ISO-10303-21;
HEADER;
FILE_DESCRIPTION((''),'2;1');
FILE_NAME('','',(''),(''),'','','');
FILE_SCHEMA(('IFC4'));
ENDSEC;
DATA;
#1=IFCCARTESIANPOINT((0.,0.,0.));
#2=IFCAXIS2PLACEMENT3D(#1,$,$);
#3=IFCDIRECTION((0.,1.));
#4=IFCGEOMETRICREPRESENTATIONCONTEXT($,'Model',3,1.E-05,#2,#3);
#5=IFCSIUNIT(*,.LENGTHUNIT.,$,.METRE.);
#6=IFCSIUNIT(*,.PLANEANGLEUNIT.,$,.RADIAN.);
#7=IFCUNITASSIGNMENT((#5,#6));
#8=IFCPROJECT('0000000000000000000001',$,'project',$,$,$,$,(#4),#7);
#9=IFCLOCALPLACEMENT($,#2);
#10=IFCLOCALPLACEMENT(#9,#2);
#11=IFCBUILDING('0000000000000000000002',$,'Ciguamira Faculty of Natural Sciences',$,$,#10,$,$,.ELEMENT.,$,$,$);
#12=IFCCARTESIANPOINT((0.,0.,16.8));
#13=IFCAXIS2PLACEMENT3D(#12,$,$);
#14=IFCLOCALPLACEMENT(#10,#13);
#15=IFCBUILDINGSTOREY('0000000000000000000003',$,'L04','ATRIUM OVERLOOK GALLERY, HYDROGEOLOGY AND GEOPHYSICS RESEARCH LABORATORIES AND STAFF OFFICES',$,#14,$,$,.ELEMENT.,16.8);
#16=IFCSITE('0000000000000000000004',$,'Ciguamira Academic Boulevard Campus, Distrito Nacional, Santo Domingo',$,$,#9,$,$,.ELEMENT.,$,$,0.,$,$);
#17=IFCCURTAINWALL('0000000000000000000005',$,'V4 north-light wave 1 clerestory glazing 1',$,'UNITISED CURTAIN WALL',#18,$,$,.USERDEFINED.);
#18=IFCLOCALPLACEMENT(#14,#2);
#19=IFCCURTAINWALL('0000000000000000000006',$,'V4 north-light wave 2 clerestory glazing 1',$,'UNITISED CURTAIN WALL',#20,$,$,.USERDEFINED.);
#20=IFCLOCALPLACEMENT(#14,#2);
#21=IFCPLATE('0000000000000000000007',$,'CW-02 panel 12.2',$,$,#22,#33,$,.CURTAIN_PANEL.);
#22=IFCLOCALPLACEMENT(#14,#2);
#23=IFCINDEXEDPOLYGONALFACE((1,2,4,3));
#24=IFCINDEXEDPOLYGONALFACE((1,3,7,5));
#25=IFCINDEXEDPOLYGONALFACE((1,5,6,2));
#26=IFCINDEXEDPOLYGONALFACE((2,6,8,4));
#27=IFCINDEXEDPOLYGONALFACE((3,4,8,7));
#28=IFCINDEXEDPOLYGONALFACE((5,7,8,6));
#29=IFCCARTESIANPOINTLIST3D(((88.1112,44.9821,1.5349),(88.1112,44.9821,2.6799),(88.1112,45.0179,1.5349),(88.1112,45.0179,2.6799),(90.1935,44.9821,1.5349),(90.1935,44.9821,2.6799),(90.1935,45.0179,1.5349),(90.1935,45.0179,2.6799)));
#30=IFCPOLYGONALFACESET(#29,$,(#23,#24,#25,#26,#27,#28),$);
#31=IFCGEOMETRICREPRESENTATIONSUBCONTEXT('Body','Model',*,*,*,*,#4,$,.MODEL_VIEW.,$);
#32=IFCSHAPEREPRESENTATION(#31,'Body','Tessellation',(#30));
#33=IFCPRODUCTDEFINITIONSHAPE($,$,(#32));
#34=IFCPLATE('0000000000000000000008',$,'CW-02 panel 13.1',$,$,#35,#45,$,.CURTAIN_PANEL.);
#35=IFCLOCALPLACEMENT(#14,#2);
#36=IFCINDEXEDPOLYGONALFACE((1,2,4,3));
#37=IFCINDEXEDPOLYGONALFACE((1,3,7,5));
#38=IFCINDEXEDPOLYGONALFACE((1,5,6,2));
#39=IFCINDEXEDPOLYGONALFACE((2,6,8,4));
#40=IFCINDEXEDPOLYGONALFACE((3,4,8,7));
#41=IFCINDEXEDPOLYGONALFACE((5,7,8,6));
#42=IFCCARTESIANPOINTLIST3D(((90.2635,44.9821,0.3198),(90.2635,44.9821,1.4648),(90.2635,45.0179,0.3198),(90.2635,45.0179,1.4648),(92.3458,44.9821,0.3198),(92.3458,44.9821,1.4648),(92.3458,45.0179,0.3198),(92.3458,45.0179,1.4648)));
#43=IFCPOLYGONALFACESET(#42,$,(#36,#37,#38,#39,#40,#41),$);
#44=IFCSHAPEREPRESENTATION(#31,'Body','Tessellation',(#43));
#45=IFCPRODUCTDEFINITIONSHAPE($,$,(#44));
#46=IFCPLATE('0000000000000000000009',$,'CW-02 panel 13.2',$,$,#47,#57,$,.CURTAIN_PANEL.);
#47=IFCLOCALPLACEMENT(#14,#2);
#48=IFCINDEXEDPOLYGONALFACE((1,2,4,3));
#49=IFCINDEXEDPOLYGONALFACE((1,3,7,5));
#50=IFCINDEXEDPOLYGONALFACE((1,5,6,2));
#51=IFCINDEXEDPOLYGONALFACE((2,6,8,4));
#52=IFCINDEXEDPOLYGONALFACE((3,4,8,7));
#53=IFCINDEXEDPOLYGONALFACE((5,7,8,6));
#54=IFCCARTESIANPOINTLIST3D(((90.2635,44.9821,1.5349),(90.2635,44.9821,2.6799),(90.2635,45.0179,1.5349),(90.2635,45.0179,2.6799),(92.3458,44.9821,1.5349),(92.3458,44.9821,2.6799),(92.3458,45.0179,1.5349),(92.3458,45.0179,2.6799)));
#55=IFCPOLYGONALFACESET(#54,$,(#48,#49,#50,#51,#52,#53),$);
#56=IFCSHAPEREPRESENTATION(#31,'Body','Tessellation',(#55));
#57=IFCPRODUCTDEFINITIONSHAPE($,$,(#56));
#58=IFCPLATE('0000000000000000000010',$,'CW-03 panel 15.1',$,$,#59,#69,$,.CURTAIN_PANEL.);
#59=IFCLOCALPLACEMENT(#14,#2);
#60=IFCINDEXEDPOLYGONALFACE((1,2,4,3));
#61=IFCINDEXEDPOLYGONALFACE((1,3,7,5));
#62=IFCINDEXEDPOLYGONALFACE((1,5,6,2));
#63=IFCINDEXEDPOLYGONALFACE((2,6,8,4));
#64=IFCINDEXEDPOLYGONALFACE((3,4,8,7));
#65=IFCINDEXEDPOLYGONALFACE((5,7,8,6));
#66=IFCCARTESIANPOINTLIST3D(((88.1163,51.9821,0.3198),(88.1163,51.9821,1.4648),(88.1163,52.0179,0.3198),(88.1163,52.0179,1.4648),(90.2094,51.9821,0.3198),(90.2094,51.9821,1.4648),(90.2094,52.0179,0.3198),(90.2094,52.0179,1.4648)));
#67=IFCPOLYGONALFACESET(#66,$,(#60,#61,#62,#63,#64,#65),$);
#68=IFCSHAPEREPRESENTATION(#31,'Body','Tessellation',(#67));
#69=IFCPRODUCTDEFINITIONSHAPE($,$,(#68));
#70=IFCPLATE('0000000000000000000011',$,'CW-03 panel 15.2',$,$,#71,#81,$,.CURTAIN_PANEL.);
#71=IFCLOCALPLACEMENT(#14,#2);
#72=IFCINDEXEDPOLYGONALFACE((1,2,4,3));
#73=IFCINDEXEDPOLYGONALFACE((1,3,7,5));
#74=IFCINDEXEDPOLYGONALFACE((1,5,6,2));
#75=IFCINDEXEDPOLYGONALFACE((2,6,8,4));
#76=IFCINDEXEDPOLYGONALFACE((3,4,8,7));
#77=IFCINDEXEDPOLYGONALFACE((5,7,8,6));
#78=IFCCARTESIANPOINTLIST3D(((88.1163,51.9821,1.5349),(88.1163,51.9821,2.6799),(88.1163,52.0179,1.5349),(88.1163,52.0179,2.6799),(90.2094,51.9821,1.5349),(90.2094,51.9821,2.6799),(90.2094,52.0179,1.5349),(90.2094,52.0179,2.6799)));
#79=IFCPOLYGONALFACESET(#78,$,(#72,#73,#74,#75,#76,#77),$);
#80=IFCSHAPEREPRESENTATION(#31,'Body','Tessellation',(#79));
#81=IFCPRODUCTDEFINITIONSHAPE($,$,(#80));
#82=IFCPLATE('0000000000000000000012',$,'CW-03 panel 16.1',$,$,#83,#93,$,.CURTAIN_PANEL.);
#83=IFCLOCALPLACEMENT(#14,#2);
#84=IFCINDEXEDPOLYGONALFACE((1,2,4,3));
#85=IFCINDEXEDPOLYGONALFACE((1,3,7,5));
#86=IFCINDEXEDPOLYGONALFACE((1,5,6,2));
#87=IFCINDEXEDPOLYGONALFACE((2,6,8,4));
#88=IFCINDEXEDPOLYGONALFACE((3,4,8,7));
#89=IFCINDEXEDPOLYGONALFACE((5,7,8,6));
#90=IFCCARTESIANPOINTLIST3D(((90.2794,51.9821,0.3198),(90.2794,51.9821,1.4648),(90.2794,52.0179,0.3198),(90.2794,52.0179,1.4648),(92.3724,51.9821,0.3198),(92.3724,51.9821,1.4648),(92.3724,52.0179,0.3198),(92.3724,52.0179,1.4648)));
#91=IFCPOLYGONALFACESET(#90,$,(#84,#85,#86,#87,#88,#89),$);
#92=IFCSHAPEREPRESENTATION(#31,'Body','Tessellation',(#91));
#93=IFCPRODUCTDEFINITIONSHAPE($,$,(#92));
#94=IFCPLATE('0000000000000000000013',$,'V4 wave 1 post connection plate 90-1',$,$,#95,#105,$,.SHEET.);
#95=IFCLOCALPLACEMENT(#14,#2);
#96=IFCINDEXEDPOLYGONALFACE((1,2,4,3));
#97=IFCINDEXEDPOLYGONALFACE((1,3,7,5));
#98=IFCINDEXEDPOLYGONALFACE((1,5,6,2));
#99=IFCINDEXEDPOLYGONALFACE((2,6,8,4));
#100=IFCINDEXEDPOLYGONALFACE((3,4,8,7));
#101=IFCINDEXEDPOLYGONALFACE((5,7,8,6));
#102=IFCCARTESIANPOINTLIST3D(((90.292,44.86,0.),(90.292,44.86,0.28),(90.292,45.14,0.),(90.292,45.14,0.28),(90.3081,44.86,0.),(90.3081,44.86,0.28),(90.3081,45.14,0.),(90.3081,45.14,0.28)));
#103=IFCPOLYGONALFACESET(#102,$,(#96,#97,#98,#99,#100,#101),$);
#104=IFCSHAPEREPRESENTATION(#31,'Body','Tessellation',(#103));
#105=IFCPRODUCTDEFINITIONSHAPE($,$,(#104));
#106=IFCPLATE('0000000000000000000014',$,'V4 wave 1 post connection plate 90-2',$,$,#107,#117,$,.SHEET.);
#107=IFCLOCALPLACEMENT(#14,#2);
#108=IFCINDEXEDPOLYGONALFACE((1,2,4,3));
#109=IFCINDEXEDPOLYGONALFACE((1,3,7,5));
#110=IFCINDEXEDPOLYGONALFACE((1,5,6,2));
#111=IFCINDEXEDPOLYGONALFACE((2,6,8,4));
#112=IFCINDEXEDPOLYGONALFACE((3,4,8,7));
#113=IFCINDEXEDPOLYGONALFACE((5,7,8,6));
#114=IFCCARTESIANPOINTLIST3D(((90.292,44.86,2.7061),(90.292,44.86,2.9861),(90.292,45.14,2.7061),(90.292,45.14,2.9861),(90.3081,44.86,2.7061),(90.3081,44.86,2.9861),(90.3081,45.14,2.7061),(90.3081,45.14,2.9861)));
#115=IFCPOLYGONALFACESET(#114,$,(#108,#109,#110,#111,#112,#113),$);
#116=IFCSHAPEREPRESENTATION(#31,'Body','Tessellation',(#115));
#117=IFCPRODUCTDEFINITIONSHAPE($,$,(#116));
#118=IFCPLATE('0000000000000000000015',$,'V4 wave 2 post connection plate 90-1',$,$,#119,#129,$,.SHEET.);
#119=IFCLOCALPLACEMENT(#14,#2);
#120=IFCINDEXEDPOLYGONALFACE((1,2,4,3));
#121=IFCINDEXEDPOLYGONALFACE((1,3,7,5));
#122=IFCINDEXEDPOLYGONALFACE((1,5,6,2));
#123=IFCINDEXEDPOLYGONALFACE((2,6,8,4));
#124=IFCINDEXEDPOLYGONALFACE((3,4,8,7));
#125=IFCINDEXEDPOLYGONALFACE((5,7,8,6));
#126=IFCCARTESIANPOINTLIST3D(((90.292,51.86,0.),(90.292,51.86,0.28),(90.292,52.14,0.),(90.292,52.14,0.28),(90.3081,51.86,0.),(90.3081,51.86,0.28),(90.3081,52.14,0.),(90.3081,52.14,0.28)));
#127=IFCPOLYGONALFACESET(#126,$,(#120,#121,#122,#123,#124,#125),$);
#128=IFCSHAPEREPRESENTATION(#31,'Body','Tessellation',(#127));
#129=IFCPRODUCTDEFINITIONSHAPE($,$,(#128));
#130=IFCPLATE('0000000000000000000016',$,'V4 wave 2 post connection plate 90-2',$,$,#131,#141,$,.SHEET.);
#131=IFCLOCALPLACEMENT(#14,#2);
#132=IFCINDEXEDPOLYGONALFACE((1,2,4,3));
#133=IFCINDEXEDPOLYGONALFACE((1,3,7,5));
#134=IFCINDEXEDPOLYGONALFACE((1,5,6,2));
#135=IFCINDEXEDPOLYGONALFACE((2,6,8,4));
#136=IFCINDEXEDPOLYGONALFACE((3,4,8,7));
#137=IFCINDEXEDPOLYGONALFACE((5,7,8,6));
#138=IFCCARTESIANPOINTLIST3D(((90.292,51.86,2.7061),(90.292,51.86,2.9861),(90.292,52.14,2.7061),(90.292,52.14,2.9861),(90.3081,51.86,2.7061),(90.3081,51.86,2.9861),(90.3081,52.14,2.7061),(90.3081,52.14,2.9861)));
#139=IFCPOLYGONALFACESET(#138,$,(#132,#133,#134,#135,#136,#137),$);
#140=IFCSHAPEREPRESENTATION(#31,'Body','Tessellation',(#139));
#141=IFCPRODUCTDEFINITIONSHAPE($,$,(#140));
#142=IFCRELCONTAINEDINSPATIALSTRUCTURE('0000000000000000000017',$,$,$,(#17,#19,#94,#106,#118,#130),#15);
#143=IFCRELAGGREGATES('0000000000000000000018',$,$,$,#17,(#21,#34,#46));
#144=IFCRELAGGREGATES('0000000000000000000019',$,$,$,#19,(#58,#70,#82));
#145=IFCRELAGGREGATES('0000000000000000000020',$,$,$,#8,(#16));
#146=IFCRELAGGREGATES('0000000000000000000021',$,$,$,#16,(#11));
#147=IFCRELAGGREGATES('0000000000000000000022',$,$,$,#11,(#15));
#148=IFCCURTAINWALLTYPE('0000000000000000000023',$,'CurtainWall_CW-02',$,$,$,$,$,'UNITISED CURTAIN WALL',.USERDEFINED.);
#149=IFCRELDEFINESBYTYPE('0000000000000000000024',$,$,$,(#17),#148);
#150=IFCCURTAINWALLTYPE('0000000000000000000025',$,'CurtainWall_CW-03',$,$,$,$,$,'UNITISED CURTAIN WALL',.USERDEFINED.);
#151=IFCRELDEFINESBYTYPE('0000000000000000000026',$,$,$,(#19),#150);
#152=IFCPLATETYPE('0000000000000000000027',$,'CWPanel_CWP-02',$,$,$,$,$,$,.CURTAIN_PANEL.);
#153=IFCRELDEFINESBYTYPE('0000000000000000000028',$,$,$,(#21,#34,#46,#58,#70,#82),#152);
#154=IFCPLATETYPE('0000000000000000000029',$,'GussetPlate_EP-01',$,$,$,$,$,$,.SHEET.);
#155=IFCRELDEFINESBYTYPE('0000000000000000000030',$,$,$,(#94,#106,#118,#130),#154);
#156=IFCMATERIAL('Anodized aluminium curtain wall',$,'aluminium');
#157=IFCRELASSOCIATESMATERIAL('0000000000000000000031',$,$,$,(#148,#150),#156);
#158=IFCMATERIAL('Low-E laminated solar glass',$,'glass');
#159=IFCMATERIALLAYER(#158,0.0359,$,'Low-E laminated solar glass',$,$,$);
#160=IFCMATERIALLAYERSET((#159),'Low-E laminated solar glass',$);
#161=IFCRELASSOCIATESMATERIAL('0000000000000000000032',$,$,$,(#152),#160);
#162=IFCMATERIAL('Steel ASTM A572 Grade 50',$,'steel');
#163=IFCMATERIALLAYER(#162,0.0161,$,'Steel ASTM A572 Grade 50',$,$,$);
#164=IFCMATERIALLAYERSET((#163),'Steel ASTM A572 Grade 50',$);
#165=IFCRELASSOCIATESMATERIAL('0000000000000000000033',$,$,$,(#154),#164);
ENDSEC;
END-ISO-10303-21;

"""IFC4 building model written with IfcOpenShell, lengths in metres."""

from ifc_helpers import new_model, si_unit, direction, frame, origin, origin_2d, place, context, subcontext, project, spatial, rectangle, extrude, material, layer, layer_set, type_object, element, aggregate, save


model = new_model("IFC4")

# Units and contexts
model_context = context("Model", 3, precision=1e-05, world=origin(), true_north=direction((0.0, 1.0)))
body_context = subcontext(model_context, "Body", "Model", "MODEL_VIEW")
ifc_project = project(units=[si_unit("LENGTHUNIT", "METRE"), si_unit("PLANEANGLEUNIT", "RADIAN")], contexts=[model_context])

# Site, building, storey
site_placement = place(None, origin())
site = spatial("IfcSite", under=ifc_project, at=site_placement, Name="Ciguamira Academic Boulevard Campus, Distrito Nacional, Santo Domingo", CompositionType="ELEMENT", RefElevation=0.0)
building_placement = place(site_placement, origin())
building = spatial("IfcBuilding", under=site, at=building_placement, Name="Ciguamira Faculty of Natural Sciences", CompositionType="ELEMENT")
storey_placement = place(building_placement, frame((0.0, 0.0, 16.8)))
storey = spatial("IfcBuildingStorey", under=building, at=storey_placement, Name="L04", Description="ATRIUM OVERLOOK GALLERY, HYDROGEOLOGY AND GEOPHYSICS RESEARCH LABORATORIES AND STAFF OFFICES", CompositionType="ELEMENT", Elevation=16.8)

# Curtain walls
ifc_material_1 = material(Name="Anodized aluminium curtain wall", Category="aluminium")
curtain_wall_type_1 = type_object("IfcCurtainWallType", Name="CurtainWall_CW-02", ElementType="UNITISED CURTAIN WALL", PredefinedType="USERDEFINED", material=ifc_material_1)
curtain_wall_1_placement = place(storey_placement, origin())
curtain_wall_1 = element("IfcCurtainWall", 1, at=curtain_wall_1_placement, inside=storey, type_object=curtain_wall_type_1, Name="V4 north-light wave 1 clerestory glazing 1", ObjectType="UNITISED CURTAIN WALL", PredefinedType="USERDEFINED")
curtain_wall_type_2 = type_object("IfcCurtainWallType", Name="CurtainWall_CW-03", ElementType="UNITISED CURTAIN WALL", PredefinedType="USERDEFINED", material=ifc_material_1)
curtain_wall_2_placement = place(storey_placement, origin())
curtain_wall_2 = element("IfcCurtainWall", 2, at=curtain_wall_2_placement, inside=storey, type_object=curtain_wall_type_2, Name="V4 north-light wave 2 clerestory glazing 1", ObjectType="UNITISED CURTAIN WALL", PredefinedType="USERDEFINED")

# Plates
ifc_material_2 = material(Name="Low-E laminated solar glass", Category="glass")
ifc_layer_1 = layer(ifc_material_2, 0.0359, Name="Low-E laminated solar glass")
ifc_layer_set_1 = layer_set([ifc_layer_1], Name="Low-E laminated solar glass")
plate_type_1 = type_object("IfcPlateType", Name="CWPanel_CWP-02", PredefinedType="CURTAIN_PANEL", material=ifc_layer_set_1)
plate_1_placement = place(storey_placement, frame((89.1523, 45.0, 1.5349), z_axis=(0.0, 0.0, 1.0), x_axis=(1.0, 0.0, 0.0)))
plate_1 = element("IfcPlate", 3, at=plate_1_placement, type_object=plate_type_1, Name="CW-02 panel 12.2", PredefinedType="CURTAIN_PANEL", context=body_context, shape_type="SweptSolid", body=[
    extrude(rectangle(XDim=2.0823, YDim=0.0359, at=origin_2d()), origin(), (0.0, 0.0, 1.0), 1.145),
])
plate_2_placement = place(storey_placement, frame((91.3047, 45.0, 0.3198), z_axis=(0.0, 0.0, 1.0), x_axis=(1.0, 0.0, 0.0)))
plate_2 = element("IfcPlate", 4, at=plate_2_placement, type_object=plate_type_1, Name="CW-02 panel 13.1", PredefinedType="CURTAIN_PANEL", context=body_context, shape_type="SweptSolid", body=[
    extrude(rectangle(XDim=2.0823, YDim=0.0359, at=origin_2d()), origin(), (0.0, 0.0, 1.0), 1.145),
])
plate_3_placement = place(storey_placement, frame((91.3047, 45.0, 1.5349), z_axis=(0.0, 0.0, 1.0), x_axis=(1.0, 0.0, 0.0)))
plate_3 = element("IfcPlate", 5, at=plate_3_placement, type_object=plate_type_1, Name="CW-02 panel 13.2", PredefinedType="CURTAIN_PANEL", context=body_context, shape_type="SweptSolid", body=[
    extrude(rectangle(XDim=2.0823, YDim=0.0359, at=origin_2d()), origin(), (0.0, 0.0, 1.0), 1.145),
])
aggregate(curtain_wall_1, [plate_1, plate_2, plate_3])
plate_4_placement = place(storey_placement, frame((89.1628, 52.0, 0.3198), z_axis=(0.0, 0.0, 1.0), x_axis=(1.0, 0.0, 0.0)))
plate_4 = element("IfcPlate", 6, at=plate_4_placement, type_object=plate_type_1, Name="CW-03 panel 15.1", PredefinedType="CURTAIN_PANEL", context=body_context, shape_type="SweptSolid", body=[
    extrude(rectangle(XDim=2.093, YDim=0.0359, at=origin_2d()), origin(), (0.0, 0.0, 1.0), 1.145),
])
plate_5_placement = place(storey_placement, frame((89.1628, 52.0, 1.5349), z_axis=(0.0, 0.0, 1.0), x_axis=(1.0, 0.0, 0.0)))
plate_5 = element("IfcPlate", 7, at=plate_5_placement, type_object=plate_type_1, Name="CW-03 panel 15.2", PredefinedType="CURTAIN_PANEL", context=body_context, shape_type="SweptSolid", body=[
    extrude(rectangle(XDim=2.093, YDim=0.0359, at=origin_2d()), origin(), (0.0, 0.0, 1.0), 1.145),
])
plate_6_placement = place(storey_placement, frame((91.3259, 52.0, 0.3198), z_axis=(0.0, 0.0, 1.0), x_axis=(1.0, 0.0, 0.0)))
plate_6 = element("IfcPlate", 8, at=plate_6_placement, type_object=plate_type_1, Name="CW-03 panel 16.1", PredefinedType="CURTAIN_PANEL", context=body_context, shape_type="SweptSolid", body=[
    extrude(rectangle(XDim=2.093, YDim=0.0359, at=origin_2d()), origin(), (0.0, 0.0, 1.0), 1.145),
])
aggregate(curtain_wall_2, [plate_4, plate_5, plate_6])

# Plates
ifc_material_3 = material(Name="Steel ASTM A572 Grade 50", Category="steel")
ifc_layer_2 = layer(ifc_material_3, 0.0161, Name="Steel ASTM A572 Grade 50")
ifc_layer_set_2 = layer_set([ifc_layer_2], Name="Steel ASTM A572 Grade 50")
plate_type_2 = type_object("IfcPlateType", Name="GussetPlate_EP-01", PredefinedType="SHEET", material=ifc_layer_set_2)
for number, where, z_axis, x_axis, name in (
    (9, (90.3, 45.0, 0.0), (0.0, 0.0, 1.0), (1.0, 0.0, 0.0), "V4 wave 1 post connection plate 90-1"),
    (10, (90.3, 45.0, 2.7061), (0.0, 0.0, 1.0), (1.0, 0.0, 0.0), "V4 wave 1 post connection plate 90-2"),
    (11, (90.3, 52.0, 0.0), (0.0, 0.0, 1.0), (1.0, 0.0, 0.0), "V4 wave 2 post connection plate 90-1"),
    (12, (90.3, 52.0, 2.7061), (0.0, 0.0, 1.0), (1.0, 0.0, 0.0), "V4 wave 2 post connection plate 90-2"),
):
    element("IfcPlate", number, at=place(storey_placement, frame(where, z_axis=z_axis, x_axis=x_axis)), inside=storey, type_object=plate_type_2, Name=name, PredefinedType="SHEET", context=body_context, shape_type="SweptSolid", body=[
        extrude(rectangle(XDim=0.0161, YDim=0.28, at=origin_2d()), origin(), (0.0, 0.0, 1.0), 0.28),
    ])

save(model, "model.ifc")
